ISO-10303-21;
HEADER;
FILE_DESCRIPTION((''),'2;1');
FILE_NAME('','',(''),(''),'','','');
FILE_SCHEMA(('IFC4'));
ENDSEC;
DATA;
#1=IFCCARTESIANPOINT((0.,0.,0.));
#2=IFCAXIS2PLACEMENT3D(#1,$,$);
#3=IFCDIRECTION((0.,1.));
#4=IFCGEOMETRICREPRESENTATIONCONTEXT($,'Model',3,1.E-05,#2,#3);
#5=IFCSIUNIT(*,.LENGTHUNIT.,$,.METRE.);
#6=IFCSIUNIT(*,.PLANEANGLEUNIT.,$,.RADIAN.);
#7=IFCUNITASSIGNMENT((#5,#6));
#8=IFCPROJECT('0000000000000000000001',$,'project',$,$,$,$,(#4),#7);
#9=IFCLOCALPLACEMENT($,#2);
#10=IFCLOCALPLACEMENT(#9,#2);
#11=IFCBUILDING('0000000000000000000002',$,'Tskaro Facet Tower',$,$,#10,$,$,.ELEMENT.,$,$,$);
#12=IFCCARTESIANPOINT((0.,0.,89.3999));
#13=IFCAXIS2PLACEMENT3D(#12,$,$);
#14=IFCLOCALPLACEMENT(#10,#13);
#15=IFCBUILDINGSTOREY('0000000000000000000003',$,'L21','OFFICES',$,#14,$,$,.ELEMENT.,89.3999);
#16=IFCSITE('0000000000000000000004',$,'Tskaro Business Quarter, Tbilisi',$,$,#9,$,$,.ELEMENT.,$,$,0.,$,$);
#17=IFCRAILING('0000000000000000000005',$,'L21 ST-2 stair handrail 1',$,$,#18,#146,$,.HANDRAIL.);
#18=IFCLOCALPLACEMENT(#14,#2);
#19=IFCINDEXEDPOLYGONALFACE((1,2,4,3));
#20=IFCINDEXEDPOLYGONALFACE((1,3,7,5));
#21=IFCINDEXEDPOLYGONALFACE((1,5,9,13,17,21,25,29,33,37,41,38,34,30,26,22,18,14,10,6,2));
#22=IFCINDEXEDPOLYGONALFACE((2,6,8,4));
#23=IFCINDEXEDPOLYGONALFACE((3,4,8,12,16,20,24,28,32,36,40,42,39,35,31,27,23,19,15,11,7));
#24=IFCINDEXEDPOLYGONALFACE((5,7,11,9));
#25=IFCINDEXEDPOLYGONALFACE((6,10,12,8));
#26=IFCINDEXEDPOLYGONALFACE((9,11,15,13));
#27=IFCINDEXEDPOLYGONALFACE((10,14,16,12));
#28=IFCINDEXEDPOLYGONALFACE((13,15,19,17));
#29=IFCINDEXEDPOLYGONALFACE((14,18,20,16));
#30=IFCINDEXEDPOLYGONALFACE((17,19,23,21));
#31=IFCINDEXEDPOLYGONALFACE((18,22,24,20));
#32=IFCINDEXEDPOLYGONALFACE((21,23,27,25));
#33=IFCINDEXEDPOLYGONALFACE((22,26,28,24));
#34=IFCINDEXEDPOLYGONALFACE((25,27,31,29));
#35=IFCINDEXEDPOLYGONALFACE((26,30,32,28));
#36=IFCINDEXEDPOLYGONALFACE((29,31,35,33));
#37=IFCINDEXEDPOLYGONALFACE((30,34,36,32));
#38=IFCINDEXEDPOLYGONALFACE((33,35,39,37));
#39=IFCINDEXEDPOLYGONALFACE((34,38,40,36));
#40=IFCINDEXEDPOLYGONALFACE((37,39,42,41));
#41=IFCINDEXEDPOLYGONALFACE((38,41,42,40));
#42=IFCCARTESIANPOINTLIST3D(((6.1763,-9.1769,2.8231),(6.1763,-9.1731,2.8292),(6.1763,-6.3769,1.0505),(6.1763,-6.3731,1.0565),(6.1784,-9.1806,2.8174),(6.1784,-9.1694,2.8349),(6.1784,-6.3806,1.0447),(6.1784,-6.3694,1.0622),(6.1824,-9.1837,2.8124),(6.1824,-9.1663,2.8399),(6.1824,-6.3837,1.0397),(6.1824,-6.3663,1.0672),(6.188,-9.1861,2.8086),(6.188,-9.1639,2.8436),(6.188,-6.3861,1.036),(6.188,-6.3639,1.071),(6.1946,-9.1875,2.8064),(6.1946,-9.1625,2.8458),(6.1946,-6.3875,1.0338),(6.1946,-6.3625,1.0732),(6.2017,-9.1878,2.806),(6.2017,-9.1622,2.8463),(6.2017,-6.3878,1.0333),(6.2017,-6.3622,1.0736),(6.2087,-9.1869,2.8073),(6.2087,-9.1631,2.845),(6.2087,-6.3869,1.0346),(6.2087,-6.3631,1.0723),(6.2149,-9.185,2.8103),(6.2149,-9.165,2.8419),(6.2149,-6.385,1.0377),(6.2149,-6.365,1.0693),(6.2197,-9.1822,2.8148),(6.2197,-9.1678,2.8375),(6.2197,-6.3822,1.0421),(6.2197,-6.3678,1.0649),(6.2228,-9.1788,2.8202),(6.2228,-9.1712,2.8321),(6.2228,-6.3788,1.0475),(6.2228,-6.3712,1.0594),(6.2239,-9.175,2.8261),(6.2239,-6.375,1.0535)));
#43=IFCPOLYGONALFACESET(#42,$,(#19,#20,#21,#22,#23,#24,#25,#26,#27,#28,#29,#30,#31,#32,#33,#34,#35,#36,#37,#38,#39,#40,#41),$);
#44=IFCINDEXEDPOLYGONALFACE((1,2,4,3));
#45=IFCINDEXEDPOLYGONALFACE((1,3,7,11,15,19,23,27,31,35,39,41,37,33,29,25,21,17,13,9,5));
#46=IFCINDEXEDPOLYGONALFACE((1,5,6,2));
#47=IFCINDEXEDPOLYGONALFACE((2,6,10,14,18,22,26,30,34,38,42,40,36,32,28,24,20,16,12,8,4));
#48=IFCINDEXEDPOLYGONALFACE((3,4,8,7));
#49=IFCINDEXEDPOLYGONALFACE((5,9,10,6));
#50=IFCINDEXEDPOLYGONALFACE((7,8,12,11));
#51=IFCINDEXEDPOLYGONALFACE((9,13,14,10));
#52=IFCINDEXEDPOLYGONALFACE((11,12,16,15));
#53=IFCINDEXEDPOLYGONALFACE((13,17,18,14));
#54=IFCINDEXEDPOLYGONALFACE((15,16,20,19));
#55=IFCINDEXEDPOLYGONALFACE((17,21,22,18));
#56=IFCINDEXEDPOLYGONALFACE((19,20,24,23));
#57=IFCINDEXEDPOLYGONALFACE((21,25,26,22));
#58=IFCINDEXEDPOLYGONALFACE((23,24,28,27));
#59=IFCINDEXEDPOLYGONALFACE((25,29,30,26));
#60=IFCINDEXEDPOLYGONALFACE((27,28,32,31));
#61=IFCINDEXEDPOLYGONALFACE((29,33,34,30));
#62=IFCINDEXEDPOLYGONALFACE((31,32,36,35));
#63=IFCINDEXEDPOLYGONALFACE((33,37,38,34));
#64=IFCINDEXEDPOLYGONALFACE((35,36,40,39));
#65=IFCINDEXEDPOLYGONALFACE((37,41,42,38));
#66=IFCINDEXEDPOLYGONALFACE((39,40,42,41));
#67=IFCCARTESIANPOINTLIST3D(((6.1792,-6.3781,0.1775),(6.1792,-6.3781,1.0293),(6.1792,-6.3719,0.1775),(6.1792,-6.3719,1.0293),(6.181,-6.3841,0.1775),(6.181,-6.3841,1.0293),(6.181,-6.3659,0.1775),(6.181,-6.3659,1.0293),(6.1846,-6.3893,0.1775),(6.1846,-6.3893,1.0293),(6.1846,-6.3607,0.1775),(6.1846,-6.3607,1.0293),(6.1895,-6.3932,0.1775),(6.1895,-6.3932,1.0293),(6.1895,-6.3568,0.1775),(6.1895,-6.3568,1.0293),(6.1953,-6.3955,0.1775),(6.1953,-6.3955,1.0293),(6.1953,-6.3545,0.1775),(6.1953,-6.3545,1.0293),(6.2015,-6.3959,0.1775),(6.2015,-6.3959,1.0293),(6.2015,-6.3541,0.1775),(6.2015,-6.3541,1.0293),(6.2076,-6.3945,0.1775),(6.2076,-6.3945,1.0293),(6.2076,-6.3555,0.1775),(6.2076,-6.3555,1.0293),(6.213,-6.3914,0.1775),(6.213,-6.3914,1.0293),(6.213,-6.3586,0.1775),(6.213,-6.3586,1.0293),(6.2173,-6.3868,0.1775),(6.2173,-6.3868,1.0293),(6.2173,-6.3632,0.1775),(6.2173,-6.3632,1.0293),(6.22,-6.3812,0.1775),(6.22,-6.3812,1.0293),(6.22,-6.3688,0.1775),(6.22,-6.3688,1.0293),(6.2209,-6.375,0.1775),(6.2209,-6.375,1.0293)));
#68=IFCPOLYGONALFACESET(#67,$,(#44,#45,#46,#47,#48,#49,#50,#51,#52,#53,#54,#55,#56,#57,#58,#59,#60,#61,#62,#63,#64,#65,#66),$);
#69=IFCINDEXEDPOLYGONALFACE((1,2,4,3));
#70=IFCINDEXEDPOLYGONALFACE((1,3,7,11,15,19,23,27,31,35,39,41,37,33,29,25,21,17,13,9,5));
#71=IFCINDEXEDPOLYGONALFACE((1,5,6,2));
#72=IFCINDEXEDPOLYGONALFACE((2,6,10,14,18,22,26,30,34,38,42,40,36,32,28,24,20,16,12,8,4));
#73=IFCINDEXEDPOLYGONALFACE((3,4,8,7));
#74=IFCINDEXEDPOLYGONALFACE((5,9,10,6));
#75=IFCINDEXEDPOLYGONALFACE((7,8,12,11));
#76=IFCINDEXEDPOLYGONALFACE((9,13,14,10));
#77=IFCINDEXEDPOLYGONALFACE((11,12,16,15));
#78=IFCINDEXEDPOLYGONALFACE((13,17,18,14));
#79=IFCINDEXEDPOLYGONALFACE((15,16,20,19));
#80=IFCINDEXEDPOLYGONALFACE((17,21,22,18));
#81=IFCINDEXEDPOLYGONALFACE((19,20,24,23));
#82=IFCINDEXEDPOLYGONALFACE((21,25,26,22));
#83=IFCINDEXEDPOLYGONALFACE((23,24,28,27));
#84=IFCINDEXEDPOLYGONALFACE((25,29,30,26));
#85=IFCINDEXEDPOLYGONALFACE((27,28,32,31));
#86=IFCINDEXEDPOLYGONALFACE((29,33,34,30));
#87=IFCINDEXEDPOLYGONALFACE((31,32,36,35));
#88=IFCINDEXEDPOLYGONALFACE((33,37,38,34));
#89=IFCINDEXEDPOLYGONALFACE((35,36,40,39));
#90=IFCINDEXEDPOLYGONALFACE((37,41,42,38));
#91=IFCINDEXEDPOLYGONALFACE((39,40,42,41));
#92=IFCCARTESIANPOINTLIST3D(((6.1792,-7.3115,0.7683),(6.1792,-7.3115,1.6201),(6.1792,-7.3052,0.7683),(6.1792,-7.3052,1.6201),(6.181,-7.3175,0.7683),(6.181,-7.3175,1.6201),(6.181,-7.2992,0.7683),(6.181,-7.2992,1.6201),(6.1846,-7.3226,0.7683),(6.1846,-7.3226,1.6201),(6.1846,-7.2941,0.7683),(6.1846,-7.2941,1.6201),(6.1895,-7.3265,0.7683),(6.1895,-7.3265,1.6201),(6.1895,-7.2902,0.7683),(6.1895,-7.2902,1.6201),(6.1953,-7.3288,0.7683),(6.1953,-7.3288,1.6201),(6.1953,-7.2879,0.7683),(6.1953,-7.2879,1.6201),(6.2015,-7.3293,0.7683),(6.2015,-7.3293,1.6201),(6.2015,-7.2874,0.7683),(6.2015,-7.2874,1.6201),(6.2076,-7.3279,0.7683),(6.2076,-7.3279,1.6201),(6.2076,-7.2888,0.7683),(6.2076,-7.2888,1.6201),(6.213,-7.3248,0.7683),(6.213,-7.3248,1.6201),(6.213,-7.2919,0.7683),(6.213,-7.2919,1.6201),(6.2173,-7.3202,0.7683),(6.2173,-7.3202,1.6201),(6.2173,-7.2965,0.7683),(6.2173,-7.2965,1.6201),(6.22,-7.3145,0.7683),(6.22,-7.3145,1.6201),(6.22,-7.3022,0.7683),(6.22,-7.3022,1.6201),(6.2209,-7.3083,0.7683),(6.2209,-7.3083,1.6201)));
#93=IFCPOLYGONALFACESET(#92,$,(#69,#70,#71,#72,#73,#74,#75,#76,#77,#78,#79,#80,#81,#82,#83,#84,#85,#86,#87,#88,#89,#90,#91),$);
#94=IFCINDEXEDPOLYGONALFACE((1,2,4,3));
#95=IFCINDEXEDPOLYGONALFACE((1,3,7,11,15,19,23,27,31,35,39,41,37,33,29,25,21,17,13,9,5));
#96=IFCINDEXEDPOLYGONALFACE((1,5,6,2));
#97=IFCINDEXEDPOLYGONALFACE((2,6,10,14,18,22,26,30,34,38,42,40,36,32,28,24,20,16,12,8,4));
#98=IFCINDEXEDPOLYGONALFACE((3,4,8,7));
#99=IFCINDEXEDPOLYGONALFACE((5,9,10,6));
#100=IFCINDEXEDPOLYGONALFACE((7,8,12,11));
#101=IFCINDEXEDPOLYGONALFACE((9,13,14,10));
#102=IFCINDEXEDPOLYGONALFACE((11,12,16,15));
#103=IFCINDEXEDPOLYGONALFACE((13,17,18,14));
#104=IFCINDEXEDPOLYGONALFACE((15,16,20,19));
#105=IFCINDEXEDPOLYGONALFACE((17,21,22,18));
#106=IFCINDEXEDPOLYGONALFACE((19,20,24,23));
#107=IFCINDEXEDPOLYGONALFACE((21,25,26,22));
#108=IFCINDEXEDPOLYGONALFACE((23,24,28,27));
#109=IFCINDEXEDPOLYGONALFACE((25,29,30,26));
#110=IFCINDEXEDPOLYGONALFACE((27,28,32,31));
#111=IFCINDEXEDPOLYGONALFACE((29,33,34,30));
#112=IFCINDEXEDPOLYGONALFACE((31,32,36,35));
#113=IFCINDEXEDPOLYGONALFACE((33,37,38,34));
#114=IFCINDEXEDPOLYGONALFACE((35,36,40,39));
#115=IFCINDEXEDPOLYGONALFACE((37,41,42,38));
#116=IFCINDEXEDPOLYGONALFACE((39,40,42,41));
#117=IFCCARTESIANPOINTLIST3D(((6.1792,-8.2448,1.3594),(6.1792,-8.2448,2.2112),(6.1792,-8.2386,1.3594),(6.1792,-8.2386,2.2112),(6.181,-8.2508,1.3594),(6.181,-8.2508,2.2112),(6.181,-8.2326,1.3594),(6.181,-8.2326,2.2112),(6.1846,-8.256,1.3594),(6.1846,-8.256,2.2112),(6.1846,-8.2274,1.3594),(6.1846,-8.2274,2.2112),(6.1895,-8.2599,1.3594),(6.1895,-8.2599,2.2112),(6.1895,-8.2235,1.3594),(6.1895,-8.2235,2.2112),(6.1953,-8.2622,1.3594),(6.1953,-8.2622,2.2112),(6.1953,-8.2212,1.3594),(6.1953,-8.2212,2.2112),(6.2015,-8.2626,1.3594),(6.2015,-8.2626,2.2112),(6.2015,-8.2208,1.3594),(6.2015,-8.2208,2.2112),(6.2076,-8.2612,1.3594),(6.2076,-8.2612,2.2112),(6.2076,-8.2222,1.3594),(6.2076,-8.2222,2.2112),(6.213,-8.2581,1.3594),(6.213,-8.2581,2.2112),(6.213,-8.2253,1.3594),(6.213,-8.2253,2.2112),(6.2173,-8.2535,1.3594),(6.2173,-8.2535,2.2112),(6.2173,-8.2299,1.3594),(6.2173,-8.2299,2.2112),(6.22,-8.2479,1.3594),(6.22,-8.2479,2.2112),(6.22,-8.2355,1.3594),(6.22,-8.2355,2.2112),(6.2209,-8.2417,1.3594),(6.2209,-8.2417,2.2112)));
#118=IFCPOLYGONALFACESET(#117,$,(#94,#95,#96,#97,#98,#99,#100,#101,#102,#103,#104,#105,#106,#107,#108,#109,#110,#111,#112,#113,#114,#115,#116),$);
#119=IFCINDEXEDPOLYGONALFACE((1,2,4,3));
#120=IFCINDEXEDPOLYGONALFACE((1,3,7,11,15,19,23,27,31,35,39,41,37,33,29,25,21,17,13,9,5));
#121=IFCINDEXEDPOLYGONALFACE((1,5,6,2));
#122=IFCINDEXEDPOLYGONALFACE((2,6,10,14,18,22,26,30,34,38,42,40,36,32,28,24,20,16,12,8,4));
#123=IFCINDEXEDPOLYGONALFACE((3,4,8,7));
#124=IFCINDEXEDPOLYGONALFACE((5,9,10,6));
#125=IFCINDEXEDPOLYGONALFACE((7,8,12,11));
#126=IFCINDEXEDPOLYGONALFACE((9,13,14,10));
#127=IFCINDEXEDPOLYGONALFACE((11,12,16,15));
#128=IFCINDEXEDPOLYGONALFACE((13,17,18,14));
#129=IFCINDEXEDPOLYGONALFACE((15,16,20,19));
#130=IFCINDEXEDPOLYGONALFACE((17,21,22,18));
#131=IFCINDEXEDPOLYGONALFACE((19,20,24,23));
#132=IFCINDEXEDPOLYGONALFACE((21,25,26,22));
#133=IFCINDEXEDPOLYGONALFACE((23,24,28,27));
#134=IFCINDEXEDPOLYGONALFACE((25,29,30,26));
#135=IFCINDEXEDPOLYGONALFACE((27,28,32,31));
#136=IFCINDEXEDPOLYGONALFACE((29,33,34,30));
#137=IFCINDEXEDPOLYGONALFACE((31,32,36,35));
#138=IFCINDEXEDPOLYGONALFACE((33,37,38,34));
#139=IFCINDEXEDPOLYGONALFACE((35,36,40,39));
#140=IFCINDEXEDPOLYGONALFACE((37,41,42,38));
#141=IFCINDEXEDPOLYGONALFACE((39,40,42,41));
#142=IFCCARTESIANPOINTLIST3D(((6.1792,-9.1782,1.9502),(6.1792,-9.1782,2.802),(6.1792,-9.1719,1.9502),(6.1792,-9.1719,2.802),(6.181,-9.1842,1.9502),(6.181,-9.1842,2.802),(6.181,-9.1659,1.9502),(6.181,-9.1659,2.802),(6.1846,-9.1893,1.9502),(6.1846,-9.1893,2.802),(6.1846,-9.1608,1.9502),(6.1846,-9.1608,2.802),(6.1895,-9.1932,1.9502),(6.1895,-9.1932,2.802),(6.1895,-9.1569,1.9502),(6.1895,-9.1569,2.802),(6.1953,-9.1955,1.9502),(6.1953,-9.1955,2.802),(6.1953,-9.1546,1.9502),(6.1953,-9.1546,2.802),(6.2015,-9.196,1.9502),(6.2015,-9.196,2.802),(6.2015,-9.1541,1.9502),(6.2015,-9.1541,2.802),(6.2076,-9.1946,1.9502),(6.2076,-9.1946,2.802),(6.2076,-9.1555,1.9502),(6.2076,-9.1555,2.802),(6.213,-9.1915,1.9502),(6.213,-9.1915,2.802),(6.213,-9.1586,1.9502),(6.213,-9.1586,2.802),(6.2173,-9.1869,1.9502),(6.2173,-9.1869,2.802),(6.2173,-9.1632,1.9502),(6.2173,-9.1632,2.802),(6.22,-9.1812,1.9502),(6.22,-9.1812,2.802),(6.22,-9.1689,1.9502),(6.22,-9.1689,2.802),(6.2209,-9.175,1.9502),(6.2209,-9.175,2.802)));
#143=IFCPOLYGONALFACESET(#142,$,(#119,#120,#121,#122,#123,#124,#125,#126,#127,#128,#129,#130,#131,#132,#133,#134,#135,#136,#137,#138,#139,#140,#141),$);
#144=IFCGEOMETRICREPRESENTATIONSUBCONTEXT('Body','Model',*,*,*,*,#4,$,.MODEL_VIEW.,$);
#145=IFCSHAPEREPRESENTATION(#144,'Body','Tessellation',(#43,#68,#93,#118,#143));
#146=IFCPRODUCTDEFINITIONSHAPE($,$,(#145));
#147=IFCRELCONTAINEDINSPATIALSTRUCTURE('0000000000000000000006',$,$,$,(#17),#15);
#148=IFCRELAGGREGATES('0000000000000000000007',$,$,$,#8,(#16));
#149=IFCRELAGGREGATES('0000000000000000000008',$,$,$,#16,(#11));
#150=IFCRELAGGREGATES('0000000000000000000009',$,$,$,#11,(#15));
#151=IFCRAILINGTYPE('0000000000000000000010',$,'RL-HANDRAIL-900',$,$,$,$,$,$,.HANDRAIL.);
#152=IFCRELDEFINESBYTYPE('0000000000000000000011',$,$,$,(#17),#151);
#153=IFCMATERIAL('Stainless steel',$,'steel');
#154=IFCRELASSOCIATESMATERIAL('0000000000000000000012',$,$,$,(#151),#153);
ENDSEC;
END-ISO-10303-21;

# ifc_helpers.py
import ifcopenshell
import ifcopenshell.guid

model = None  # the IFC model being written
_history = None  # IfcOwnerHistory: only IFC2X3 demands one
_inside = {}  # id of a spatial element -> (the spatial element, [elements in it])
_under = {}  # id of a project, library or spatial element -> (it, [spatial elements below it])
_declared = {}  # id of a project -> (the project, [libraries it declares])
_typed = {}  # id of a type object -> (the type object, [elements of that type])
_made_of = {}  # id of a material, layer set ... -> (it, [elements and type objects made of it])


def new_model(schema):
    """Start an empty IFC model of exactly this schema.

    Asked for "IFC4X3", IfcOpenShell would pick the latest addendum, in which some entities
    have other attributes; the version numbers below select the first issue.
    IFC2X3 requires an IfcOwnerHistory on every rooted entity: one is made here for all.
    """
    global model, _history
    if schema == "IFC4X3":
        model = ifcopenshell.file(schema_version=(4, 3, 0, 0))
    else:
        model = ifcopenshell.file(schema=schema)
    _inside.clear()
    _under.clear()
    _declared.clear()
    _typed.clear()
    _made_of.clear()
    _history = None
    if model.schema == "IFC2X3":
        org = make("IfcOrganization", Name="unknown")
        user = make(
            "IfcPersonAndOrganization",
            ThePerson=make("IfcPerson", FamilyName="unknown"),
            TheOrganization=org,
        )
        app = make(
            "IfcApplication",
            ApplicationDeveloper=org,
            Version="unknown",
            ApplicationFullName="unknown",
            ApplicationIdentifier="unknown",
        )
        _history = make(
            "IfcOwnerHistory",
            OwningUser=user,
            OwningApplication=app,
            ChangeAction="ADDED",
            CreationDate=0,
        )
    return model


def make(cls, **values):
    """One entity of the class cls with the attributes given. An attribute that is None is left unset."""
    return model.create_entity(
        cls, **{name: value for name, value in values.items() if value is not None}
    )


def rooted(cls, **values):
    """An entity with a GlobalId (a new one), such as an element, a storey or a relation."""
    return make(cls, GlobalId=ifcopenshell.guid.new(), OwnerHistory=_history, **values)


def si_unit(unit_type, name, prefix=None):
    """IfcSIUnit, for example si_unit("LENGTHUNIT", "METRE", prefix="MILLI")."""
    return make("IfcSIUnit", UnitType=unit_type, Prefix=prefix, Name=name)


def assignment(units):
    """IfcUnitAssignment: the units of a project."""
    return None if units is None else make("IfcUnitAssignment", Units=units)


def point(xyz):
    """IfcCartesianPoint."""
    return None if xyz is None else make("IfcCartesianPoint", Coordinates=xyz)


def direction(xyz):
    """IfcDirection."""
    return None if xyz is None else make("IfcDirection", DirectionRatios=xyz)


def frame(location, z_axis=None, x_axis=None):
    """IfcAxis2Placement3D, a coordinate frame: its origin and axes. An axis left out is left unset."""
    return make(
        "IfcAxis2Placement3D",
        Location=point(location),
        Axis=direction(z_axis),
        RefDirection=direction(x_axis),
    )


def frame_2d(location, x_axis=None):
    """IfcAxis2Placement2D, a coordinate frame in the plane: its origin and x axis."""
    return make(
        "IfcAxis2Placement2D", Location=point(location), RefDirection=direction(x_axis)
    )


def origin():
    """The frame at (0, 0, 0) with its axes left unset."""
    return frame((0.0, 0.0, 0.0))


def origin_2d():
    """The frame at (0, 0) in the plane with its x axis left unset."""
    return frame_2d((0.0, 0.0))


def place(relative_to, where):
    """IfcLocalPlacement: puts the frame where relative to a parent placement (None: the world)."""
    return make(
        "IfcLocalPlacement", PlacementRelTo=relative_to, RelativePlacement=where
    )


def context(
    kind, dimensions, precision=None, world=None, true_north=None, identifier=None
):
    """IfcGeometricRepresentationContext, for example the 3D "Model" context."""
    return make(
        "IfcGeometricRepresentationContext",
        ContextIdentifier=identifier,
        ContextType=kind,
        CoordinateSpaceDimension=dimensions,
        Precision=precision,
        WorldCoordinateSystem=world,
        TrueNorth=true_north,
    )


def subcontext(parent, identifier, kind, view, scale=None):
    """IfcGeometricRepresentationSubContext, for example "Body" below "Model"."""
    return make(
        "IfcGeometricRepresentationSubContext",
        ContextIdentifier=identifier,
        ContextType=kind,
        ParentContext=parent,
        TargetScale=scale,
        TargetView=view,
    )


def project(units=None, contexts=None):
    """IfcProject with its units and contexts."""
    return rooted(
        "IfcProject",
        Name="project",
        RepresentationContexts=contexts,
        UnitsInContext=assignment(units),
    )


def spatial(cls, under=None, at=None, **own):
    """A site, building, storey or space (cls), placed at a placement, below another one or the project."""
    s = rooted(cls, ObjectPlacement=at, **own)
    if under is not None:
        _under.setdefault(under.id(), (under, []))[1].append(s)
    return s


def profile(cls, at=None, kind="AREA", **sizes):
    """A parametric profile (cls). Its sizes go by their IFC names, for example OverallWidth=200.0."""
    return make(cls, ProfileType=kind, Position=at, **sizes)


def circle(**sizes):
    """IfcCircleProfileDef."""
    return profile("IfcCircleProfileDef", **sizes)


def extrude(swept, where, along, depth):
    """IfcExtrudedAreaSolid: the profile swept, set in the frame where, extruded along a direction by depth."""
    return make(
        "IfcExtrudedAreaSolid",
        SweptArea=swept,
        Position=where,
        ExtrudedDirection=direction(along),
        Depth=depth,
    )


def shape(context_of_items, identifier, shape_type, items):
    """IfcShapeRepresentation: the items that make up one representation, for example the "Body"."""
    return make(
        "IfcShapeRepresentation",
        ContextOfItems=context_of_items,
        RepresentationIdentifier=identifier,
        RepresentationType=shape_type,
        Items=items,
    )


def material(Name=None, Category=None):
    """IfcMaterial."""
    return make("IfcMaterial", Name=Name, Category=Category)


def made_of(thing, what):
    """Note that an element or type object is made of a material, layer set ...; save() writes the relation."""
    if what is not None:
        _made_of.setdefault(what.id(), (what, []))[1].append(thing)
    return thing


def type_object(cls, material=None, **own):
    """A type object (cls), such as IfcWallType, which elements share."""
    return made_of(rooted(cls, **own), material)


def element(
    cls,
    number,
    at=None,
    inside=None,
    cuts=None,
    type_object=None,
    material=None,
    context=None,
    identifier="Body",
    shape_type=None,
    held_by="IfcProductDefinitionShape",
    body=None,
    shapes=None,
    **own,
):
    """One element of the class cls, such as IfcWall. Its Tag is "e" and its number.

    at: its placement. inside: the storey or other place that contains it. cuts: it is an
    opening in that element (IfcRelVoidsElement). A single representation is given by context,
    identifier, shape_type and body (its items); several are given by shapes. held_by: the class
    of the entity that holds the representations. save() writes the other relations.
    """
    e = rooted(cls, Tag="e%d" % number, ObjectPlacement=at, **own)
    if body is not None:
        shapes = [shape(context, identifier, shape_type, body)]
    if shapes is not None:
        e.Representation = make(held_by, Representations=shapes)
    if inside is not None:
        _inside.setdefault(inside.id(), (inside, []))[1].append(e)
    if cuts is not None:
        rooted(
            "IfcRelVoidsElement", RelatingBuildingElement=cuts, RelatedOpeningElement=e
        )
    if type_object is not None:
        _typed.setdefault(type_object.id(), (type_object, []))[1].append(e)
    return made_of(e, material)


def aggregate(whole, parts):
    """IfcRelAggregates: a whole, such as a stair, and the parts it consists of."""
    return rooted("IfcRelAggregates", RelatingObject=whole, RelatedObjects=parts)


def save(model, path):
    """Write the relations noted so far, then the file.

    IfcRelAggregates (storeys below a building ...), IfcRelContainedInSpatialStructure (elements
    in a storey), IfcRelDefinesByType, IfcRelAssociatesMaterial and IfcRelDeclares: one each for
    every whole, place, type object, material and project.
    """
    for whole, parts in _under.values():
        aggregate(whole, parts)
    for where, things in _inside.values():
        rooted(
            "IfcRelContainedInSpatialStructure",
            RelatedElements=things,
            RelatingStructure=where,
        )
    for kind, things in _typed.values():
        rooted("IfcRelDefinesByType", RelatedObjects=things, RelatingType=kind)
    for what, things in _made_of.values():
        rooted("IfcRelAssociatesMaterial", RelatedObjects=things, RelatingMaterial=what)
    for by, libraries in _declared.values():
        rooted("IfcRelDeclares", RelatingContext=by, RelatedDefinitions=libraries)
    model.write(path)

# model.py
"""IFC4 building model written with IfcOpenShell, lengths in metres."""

from ifc_helpers import new_model, si_unit, direction, frame, origin, origin_2d, place, context, subcontext, project, spatial, circle, extrude, material, type_object, element, save


model = new_model("IFC4")

# Units and contexts
model_context = context("Model", 3, precision=1e-05, world=origin(), true_north=direction((0.0, 1.0)))
body_context = subcontext(model_context, "Body", "Model", "MODEL_VIEW")
ifc_project = project(units=[si_unit("LENGTHUNIT", "METRE"), si_unit("PLANEANGLEUNIT", "RADIAN")], contexts=[model_context])

# Site, building, storey
site_placement = place(None, origin())
site = spatial("IfcSite", under=ifc_project, at=site_placement, Name="Tskaro Business Quarter, Tbilisi", CompositionType="ELEMENT", RefElevation=0.0)
building_placement = place(site_placement, origin())
building = spatial("IfcBuilding", under=site, at=building_placement, Name="Tskaro Facet Tower", CompositionType="ELEMENT")
storey_placement = place(building_placement, frame((0.0, 0.0, 89.3999)))
storey = spatial("IfcBuildingStorey", under=building, at=storey_placement, Name="L21", Description="OFFICES", CompositionType="ELEMENT", Elevation=89.3999)

# Railing
ifc_material_1 = material(Name="Stainless steel", Category="steel")
railing_type_1 = type_object("IfcRailingType", Name="RL-HANDRAIL-900", PredefinedType="HANDRAIL", material=ifc_material_1)
railing_1_placement = place(storey_placement, frame((6.2, -6.375, 0.1775)))
element("IfcRailing", 1, at=railing_1_placement, inside=storey, type_object=railing_type_1, Name="L21 ST-2 stair handrail 1", PredefinedType="HANDRAIL", context=body_context, shape_type="SweptSolid", body=[
    extrude(circle(Radius=0.0239, at=origin_2d()), frame((0.0, 0.0, 0.876), z_axis=(0.0, -0.844909, 0.53491), x_axis=(1.0, 0.0, 0.0)), (0.0, 0.0, 1.0), 3.314),
    extrude(circle(Radius=0.021, at=origin_2d()), origin(), (0.0, 0.0, 1.0), 0.8518),
    extrude(circle(Radius=0.021, at=origin_2d()), frame((0.0, -0.9333, 0.5908)), (0.0, 0.0, 1.0), 0.8518),
    extrude(circle(Radius=0.021, at=origin_2d()), frame((0.0, -1.8667, 1.1819)), (0.0, 0.0, 1.0), 0.8518),
    extrude(circle(Radius=0.021, at=origin_2d()), frame((0.0, -2.8, 1.7727)), (0.0, 0.0, 1.0), 0.8518),
])

save(model, "model.ifc")
